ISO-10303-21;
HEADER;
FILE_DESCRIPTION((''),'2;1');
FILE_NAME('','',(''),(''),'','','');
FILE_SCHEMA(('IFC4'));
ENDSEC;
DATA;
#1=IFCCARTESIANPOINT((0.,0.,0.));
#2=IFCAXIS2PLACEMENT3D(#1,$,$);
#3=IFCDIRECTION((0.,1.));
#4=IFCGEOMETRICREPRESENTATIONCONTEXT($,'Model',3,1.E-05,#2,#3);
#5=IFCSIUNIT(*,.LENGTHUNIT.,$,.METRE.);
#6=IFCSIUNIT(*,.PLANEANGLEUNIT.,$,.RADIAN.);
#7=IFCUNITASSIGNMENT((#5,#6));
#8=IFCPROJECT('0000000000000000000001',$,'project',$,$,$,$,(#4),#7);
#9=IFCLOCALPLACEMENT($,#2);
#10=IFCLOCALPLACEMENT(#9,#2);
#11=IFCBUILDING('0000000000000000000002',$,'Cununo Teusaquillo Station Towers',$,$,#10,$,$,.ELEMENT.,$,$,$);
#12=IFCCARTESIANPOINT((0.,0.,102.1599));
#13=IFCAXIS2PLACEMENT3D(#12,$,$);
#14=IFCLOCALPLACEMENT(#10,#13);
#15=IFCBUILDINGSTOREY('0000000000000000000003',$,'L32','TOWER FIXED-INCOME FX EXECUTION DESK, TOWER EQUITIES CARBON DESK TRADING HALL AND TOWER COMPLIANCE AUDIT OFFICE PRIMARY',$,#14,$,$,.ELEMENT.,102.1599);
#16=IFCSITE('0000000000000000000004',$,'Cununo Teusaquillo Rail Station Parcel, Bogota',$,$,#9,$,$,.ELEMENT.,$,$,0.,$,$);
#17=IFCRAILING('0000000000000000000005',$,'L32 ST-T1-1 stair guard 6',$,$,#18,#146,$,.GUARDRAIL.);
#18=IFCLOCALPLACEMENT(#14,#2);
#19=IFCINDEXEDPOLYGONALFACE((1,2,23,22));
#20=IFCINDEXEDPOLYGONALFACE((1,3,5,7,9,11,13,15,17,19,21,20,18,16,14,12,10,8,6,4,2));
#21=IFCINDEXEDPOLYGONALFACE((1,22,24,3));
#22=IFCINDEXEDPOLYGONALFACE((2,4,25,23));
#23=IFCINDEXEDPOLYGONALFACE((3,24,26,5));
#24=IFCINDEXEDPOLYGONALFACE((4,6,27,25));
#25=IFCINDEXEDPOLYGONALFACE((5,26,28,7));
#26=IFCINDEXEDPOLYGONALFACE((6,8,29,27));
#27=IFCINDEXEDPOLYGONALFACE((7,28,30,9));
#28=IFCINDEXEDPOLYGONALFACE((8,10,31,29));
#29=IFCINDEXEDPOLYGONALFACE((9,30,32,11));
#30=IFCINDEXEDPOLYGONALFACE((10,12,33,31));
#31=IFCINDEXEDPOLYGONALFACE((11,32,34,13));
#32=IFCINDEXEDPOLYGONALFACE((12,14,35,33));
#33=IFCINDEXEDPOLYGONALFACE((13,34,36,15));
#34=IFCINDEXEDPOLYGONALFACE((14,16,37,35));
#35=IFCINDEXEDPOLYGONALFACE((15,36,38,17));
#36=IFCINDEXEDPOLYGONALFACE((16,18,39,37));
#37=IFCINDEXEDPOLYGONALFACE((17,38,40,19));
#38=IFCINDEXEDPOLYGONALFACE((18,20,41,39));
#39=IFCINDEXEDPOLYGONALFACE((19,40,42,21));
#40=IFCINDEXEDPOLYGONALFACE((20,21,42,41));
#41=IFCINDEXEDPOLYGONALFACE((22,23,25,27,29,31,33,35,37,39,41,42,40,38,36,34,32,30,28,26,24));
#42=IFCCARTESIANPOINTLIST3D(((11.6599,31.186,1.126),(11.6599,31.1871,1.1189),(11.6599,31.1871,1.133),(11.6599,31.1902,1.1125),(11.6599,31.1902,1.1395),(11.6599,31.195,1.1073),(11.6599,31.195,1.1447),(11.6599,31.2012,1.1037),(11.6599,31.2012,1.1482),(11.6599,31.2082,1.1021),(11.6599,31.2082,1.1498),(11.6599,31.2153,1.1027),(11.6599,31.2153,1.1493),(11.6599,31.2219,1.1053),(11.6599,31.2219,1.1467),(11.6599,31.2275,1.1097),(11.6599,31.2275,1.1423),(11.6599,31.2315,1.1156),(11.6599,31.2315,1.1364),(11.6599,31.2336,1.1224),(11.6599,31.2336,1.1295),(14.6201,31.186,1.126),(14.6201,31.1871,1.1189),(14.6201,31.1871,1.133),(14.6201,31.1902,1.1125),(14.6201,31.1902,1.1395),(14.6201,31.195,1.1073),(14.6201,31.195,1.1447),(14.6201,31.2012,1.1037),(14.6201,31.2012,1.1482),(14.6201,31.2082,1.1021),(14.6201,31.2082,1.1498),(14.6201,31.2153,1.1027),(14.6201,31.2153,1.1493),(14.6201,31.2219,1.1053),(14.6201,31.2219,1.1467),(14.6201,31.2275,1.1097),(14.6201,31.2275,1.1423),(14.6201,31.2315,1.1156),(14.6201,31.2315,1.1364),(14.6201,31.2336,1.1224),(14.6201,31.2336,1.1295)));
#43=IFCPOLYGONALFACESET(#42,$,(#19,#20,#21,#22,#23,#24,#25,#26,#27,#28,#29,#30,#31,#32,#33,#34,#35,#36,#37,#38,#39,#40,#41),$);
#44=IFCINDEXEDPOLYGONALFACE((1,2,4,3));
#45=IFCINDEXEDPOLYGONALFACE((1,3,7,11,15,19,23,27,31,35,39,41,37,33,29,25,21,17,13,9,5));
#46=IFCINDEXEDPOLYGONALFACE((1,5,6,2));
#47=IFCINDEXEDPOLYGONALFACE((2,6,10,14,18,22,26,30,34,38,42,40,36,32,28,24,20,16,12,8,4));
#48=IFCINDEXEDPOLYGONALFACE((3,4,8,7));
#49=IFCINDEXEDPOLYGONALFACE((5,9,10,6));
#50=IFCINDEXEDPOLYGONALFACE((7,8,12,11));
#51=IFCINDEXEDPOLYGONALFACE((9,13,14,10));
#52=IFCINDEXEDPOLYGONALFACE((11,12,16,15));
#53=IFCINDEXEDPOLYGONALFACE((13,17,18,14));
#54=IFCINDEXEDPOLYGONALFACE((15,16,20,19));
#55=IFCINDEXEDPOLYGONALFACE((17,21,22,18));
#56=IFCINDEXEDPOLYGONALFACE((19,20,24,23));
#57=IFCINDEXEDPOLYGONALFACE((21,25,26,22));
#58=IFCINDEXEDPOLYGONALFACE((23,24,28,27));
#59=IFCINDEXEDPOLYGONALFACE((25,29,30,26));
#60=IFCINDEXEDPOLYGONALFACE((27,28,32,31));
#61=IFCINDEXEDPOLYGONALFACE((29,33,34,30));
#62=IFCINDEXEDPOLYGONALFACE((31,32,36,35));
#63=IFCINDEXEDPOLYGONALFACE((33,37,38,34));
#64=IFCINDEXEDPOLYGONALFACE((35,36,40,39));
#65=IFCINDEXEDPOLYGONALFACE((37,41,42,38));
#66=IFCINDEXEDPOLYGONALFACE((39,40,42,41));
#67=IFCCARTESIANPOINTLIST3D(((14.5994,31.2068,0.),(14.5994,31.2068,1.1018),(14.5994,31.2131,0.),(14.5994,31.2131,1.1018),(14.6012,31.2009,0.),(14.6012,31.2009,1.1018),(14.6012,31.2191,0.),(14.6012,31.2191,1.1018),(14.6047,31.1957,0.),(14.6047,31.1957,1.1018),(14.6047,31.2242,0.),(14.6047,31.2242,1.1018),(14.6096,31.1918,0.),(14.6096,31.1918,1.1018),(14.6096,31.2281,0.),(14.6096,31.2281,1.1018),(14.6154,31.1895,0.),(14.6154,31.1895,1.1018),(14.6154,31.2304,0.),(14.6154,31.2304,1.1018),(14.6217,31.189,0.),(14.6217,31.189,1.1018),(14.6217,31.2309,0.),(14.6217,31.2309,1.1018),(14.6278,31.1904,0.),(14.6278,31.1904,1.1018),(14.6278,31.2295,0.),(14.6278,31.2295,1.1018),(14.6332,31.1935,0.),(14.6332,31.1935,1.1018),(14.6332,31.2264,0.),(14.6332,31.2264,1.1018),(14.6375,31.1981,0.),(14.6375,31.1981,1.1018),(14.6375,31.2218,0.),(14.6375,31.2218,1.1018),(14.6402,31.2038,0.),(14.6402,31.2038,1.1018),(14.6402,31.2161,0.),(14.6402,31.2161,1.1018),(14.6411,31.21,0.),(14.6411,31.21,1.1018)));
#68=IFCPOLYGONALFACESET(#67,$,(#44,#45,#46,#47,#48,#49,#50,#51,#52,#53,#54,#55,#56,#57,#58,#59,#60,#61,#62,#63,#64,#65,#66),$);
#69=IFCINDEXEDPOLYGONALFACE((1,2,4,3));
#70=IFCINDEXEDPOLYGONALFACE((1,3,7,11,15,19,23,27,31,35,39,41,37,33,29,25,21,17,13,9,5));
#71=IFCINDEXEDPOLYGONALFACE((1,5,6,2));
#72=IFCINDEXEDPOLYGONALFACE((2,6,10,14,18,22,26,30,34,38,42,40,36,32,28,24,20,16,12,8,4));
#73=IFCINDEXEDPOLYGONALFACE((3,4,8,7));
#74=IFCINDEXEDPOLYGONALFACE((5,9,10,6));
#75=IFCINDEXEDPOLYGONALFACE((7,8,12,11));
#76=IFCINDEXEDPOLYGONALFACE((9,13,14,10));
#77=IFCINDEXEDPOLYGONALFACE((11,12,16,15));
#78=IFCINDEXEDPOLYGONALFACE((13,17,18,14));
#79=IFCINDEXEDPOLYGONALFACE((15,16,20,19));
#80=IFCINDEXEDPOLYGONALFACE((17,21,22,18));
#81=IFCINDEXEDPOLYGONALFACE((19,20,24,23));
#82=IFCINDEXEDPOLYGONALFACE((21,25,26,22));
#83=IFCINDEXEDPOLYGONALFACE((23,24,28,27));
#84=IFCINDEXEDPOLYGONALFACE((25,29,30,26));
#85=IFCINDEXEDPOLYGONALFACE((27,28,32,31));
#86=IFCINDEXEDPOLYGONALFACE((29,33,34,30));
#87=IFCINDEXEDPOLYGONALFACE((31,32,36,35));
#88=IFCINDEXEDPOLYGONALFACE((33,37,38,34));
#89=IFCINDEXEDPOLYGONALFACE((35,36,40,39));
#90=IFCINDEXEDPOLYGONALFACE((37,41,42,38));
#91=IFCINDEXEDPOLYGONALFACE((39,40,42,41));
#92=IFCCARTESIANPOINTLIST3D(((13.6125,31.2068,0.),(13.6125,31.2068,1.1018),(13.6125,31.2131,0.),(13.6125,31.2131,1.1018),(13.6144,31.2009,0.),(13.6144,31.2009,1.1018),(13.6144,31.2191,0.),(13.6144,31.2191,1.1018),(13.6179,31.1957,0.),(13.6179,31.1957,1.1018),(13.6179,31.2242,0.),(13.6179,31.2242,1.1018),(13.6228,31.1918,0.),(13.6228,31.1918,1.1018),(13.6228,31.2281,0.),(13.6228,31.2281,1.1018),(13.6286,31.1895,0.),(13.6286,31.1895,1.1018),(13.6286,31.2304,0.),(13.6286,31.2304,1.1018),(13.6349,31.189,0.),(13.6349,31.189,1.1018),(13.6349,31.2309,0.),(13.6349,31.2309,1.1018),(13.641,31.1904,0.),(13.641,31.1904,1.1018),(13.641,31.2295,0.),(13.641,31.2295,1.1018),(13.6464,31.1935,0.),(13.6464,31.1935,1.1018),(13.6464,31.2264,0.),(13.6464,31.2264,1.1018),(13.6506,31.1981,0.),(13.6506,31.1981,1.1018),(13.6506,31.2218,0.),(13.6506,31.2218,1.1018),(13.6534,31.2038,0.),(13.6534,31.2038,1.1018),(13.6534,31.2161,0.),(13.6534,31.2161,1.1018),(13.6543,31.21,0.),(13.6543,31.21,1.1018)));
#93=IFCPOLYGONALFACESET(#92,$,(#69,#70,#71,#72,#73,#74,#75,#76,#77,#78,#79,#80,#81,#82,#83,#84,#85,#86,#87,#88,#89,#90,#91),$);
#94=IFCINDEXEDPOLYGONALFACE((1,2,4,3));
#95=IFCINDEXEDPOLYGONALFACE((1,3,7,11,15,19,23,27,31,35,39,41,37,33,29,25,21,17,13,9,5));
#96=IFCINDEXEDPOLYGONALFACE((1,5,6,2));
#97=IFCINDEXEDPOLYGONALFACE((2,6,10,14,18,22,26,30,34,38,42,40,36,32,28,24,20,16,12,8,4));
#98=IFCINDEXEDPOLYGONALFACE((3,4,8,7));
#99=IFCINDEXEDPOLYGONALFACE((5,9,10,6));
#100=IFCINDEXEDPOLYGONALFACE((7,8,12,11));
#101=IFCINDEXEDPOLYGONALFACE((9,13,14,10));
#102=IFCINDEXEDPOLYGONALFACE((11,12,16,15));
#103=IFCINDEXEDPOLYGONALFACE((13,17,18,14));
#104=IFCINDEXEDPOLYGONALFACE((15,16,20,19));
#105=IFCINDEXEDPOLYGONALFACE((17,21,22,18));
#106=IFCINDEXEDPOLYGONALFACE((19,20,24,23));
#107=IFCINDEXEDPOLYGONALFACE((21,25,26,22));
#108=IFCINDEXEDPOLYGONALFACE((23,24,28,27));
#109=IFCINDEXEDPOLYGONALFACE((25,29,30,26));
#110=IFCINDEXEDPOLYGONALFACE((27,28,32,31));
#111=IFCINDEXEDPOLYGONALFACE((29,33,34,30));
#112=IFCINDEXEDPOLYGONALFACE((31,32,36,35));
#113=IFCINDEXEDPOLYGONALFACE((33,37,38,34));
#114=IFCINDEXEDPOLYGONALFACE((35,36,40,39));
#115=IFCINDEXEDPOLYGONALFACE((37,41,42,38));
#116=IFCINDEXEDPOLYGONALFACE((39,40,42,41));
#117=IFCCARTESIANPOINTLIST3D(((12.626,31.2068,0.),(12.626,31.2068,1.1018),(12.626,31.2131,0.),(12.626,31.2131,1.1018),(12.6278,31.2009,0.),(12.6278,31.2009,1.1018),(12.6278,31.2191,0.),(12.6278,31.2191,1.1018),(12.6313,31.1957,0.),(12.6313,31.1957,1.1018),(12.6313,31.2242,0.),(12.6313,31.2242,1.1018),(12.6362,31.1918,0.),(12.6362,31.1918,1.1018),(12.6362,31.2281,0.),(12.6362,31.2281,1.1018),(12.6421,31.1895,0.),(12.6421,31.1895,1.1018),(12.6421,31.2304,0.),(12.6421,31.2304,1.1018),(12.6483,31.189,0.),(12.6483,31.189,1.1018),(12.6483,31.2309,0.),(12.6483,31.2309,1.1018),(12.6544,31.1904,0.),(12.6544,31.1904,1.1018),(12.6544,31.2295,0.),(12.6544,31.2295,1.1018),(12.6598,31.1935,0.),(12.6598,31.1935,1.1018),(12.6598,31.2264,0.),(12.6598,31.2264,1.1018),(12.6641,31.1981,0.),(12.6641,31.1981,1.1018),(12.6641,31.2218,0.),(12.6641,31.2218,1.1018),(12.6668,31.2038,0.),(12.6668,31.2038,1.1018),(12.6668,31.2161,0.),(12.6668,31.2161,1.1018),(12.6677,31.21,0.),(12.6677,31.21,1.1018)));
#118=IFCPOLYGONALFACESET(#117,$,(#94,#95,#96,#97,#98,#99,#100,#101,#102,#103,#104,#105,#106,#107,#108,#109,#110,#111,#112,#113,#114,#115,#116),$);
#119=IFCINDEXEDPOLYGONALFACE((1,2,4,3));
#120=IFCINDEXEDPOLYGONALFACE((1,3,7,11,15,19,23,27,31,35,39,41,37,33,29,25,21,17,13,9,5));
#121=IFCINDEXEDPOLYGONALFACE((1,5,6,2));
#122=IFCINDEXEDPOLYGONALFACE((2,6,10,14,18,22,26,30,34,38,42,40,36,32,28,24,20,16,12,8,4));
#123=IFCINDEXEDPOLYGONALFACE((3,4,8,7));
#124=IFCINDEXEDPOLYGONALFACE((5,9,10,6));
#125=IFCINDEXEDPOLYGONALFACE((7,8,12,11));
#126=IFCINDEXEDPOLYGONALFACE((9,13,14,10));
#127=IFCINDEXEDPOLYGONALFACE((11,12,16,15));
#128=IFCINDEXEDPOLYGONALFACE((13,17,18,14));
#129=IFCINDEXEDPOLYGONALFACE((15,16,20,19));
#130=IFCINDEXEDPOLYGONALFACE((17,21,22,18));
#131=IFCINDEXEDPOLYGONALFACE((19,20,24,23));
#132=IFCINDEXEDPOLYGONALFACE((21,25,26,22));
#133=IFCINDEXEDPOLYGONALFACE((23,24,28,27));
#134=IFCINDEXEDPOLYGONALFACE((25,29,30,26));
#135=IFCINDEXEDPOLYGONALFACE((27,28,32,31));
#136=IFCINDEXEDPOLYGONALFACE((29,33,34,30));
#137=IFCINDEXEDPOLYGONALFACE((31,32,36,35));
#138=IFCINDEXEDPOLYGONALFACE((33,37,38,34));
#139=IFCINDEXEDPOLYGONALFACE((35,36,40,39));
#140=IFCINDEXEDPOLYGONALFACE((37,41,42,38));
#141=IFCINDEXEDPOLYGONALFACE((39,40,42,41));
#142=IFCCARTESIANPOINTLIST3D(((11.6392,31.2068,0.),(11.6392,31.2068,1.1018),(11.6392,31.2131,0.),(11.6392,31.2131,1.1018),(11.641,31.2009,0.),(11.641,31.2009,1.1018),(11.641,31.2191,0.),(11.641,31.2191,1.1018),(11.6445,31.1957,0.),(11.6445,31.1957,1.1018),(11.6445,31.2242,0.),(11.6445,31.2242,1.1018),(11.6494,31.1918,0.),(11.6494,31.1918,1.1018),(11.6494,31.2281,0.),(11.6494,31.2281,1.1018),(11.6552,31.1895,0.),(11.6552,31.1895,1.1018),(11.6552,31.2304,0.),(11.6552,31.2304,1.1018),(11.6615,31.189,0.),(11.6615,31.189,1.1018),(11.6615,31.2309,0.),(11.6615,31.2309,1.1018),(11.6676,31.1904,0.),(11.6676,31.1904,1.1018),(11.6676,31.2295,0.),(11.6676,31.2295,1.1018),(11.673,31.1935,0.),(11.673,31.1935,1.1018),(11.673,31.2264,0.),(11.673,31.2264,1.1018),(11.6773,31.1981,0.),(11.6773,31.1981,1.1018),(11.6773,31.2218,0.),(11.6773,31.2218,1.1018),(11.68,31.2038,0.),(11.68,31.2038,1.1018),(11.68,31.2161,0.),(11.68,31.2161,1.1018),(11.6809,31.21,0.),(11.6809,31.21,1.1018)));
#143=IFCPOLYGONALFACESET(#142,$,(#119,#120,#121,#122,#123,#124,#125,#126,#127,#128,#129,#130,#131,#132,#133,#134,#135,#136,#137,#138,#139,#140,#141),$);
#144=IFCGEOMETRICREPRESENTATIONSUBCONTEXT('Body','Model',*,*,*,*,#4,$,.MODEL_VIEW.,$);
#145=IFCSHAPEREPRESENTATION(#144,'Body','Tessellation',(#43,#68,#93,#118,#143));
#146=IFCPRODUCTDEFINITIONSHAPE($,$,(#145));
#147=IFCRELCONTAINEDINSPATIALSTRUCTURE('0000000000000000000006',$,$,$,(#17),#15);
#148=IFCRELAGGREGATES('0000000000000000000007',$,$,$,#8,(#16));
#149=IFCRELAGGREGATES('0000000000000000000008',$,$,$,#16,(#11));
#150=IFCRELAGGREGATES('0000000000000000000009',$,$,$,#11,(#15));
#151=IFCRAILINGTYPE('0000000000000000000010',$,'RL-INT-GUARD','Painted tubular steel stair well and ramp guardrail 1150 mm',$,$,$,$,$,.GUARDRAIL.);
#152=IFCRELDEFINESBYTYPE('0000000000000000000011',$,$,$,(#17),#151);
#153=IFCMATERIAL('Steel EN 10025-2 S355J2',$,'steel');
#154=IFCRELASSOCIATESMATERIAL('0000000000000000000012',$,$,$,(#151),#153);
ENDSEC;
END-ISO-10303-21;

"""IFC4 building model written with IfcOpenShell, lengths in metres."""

from ifc_helpers import new_model, si_unit, direction, frame, origin, origin_2d, place, context, subcontext, project, spatial, circle, extrude, material, type_object, element, save


model = new_model("IFC4")

# Units and contexts
model_context = context("Model", 3, precision=1e-05, world=origin(), true_north=direction((0.0, 1.0)))
body_context = subcontext(model_context, "Body", "Model", "MODEL_VIEW")
ifc_project = project(units=[si_unit("LENGTHUNIT", "METRE"), si_unit("PLANEANGLEUNIT", "RADIAN")], contexts=[model_context])

# Site, building, storey
site_placement = place(None, origin())
site = spatial("IfcSite", under=ifc_project, at=site_placement, Name="Cununo Teusaquillo Rail Station Parcel, Bogota", CompositionType="ELEMENT", RefElevation=0.0)
building_placement = place(site_placement, origin())
building = spatial("IfcBuilding", under=site, at=building_placement, Name="Cununo Teusaquillo Station Towers", CompositionType="ELEMENT")
storey_placement = place(building_placement, frame((0.0, 0.0, 102.1599)))
storey = spatial("IfcBuildingStorey", under=building, at=storey_placement, Name="L32", Description="TOWER FIXED-INCOME FX EXECUTION DESK, TOWER EQUITIES CARBON DESK TRADING HALL AND TOWER COMPLIANCE AUDIT OFFICE PRIMARY", CompositionType="ELEMENT", Elevation=102.1599)

# Railing
ifc_material_1 = material(Name="Steel EN 10025-2 S355J2", Category="steel")
railing_type_1 = type_object("IfcRailingType", Name="RL-INT-GUARD", Description="Painted tubular steel stair well and ramp guardrail 1150 mm", PredefinedType="GUARDRAIL", material=ifc_material_1)
railing_1_placement = place(storey_placement, frame((14.6201, 31.21, 0.0)))
element("IfcRailing", 1, at=railing_1_placement, inside=storey, type_object=railing_type_1, Name="L32 ST-T1-1 stair guard 6", PredefinedType="GUARDRAIL", context=body_context, shape_type="SweptSolid", body=[
    extrude(circle(Radius=0.0239, at=origin_2d()), frame((0.0, 0.0, 1.126), z_axis=(-1.0, 0.0, 0.0), x_axis=(0.0, -1.0, 0.0)), (0.0, 0.0, 1.0), 2.9602),
    extrude(circle(Radius=0.021, at=origin_2d()), origin(), (0.0, 0.0, 1.0), 1.1018),
    extrude(circle(Radius=0.021, at=origin_2d()), frame((-0.9868, 0.0, 0.0)), (0.0, 0.0, 1.0), 1.1018),
    extrude(circle(Radius=0.021, at=origin_2d()), frame((-1.9734, 0.0, 0.0)), (0.0, 0.0, 1.0), 1.1018),
    extrude(circle(Radius=0.021, at=origin_2d()), frame((-2.9602, 0.0, 0.0)), (0.0, 0.0, 1.0), 1.1018),
])

save(model, "model.ifc")
